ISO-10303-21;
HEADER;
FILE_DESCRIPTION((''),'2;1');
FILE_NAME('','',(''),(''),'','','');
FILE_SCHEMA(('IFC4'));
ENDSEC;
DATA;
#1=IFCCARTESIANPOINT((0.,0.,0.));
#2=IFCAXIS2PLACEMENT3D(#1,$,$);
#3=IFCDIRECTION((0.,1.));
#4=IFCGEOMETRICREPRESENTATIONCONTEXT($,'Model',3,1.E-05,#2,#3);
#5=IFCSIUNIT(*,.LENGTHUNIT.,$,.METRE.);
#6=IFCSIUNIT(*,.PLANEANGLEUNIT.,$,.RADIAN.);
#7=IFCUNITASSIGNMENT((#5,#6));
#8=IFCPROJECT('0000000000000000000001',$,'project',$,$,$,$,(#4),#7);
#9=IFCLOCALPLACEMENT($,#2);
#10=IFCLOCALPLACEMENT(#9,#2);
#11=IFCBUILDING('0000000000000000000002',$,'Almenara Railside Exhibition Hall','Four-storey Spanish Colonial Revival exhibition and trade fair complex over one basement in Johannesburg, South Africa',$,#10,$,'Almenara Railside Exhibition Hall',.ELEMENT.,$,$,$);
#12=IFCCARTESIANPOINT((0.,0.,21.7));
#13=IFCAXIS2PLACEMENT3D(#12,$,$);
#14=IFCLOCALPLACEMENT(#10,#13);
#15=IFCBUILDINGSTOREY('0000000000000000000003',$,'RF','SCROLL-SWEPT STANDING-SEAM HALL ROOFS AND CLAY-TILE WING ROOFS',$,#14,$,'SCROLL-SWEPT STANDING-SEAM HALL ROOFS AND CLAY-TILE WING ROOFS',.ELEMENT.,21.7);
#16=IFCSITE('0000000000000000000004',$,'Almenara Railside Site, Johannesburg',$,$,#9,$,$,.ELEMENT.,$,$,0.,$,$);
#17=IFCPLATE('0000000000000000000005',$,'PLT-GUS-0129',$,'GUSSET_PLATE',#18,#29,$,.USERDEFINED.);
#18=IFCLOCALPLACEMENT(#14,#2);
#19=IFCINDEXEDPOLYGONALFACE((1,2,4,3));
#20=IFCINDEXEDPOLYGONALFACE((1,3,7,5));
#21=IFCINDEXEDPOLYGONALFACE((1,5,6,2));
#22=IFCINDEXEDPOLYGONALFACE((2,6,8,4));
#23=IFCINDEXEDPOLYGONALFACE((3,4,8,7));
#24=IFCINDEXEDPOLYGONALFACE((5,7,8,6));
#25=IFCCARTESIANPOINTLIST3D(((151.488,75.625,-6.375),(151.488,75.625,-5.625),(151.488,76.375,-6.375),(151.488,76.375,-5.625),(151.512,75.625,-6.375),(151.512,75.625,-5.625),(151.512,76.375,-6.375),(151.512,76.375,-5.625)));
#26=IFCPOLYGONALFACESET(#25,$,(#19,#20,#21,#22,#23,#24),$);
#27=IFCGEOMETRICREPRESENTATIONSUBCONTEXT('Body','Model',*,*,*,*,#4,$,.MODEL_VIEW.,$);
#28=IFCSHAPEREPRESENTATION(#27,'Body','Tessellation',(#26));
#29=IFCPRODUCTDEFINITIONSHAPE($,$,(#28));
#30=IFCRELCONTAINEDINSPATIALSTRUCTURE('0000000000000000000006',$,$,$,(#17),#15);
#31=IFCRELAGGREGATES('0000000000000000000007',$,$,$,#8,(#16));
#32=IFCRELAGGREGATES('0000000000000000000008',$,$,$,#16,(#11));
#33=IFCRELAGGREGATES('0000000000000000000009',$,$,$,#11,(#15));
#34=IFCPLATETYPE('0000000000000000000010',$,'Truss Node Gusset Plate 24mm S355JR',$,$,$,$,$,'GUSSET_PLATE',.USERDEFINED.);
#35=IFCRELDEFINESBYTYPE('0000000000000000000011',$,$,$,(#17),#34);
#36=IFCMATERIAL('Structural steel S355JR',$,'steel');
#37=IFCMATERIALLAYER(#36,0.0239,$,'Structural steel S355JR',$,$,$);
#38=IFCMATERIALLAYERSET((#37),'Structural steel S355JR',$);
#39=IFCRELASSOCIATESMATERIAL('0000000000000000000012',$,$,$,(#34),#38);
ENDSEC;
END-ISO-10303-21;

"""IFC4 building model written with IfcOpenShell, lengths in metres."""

from ifc_helpers import new_model, si_unit, direction, frame, origin, origin_2d, place, context, subcontext, project, spatial, rectangle, extrude, material, layer, layer_set, type_object, element, save


model = new_model("IFC4")

# Units and contexts
model_context = context("Model", 3, precision=1e-05, world=origin(), true_north=direction((0.0, 1.0)))
body_context = subcontext(model_context, "Body", "Model", "MODEL_VIEW")
ifc_project = project(units=[si_unit("LENGTHUNIT", "METRE"), si_unit("PLANEANGLEUNIT", "RADIAN")], contexts=[model_context])

# Site, building, storey
site_placement = place(None, origin())
site = spatial("IfcSite", under=ifc_project, at=site_placement, Name="Almenara Railside Site, Johannesburg", CompositionType="ELEMENT", RefElevation=0.0)
building_placement = place(site_placement, origin())
building = spatial("IfcBuilding", under=site, at=building_placement, Name="Almenara Railside Exhibition Hall", Description="Four-storey Spanish Colonial Revival exhibition and trade fair complex over one basement in Johannesburg, South Africa", LongName="Almenara Railside Exhibition Hall", CompositionType="ELEMENT")
storey_placement = place(building_placement, frame((0.0, 0.0, 21.7)))
storey = spatial("IfcBuildingStorey", under=building, at=storey_placement, Name="RF", Description="SCROLL-SWEPT STANDING-SEAM HALL ROOFS AND CLAY-TILE WING ROOFS", LongName="SCROLL-SWEPT STANDING-SEAM HALL ROOFS AND CLAY-TILE WING ROOFS", CompositionType="ELEMENT", Elevation=21.7)

# Shared definitions
ifc_material_1 = material(Name="Structural steel S355JR", Category="steel")

# Plate
ifc_layer_1 = layer(ifc_material_1, 0.0239, Name="Structural steel S355JR")
ifc_layer_set_1 = layer_set([ifc_layer_1], Name="Structural steel S355JR")
plate_type_1 = type_object("IfcPlateType", Name="Truss Node Gusset Plate 24mm S355JR", ElementType="GUSSET_PLATE", PredefinedType="USERDEFINED", material=ifc_layer_set_1)
plate_1_placement = place(storey_placement, frame((151.5, 76.0, -6.375), z_axis=(0.0, 0.0, 1.0), x_axis=(0.0, 1.0, 0.0)))
element("IfcPlate", 1, at=plate_1_placement, inside=storey, type_object=plate_type_1, Name="PLT-GUS-0129", ObjectType="GUSSET_PLATE", PredefinedType="USERDEFINED", context=body_context, shape_type="SweptSolid", body=[
    extrude(rectangle(XDim=0.75, YDim=0.0239, at=origin_2d()), origin(), (0.0, 0.0, 1.0), 0.75),
])

save(model, "model.ifc")
